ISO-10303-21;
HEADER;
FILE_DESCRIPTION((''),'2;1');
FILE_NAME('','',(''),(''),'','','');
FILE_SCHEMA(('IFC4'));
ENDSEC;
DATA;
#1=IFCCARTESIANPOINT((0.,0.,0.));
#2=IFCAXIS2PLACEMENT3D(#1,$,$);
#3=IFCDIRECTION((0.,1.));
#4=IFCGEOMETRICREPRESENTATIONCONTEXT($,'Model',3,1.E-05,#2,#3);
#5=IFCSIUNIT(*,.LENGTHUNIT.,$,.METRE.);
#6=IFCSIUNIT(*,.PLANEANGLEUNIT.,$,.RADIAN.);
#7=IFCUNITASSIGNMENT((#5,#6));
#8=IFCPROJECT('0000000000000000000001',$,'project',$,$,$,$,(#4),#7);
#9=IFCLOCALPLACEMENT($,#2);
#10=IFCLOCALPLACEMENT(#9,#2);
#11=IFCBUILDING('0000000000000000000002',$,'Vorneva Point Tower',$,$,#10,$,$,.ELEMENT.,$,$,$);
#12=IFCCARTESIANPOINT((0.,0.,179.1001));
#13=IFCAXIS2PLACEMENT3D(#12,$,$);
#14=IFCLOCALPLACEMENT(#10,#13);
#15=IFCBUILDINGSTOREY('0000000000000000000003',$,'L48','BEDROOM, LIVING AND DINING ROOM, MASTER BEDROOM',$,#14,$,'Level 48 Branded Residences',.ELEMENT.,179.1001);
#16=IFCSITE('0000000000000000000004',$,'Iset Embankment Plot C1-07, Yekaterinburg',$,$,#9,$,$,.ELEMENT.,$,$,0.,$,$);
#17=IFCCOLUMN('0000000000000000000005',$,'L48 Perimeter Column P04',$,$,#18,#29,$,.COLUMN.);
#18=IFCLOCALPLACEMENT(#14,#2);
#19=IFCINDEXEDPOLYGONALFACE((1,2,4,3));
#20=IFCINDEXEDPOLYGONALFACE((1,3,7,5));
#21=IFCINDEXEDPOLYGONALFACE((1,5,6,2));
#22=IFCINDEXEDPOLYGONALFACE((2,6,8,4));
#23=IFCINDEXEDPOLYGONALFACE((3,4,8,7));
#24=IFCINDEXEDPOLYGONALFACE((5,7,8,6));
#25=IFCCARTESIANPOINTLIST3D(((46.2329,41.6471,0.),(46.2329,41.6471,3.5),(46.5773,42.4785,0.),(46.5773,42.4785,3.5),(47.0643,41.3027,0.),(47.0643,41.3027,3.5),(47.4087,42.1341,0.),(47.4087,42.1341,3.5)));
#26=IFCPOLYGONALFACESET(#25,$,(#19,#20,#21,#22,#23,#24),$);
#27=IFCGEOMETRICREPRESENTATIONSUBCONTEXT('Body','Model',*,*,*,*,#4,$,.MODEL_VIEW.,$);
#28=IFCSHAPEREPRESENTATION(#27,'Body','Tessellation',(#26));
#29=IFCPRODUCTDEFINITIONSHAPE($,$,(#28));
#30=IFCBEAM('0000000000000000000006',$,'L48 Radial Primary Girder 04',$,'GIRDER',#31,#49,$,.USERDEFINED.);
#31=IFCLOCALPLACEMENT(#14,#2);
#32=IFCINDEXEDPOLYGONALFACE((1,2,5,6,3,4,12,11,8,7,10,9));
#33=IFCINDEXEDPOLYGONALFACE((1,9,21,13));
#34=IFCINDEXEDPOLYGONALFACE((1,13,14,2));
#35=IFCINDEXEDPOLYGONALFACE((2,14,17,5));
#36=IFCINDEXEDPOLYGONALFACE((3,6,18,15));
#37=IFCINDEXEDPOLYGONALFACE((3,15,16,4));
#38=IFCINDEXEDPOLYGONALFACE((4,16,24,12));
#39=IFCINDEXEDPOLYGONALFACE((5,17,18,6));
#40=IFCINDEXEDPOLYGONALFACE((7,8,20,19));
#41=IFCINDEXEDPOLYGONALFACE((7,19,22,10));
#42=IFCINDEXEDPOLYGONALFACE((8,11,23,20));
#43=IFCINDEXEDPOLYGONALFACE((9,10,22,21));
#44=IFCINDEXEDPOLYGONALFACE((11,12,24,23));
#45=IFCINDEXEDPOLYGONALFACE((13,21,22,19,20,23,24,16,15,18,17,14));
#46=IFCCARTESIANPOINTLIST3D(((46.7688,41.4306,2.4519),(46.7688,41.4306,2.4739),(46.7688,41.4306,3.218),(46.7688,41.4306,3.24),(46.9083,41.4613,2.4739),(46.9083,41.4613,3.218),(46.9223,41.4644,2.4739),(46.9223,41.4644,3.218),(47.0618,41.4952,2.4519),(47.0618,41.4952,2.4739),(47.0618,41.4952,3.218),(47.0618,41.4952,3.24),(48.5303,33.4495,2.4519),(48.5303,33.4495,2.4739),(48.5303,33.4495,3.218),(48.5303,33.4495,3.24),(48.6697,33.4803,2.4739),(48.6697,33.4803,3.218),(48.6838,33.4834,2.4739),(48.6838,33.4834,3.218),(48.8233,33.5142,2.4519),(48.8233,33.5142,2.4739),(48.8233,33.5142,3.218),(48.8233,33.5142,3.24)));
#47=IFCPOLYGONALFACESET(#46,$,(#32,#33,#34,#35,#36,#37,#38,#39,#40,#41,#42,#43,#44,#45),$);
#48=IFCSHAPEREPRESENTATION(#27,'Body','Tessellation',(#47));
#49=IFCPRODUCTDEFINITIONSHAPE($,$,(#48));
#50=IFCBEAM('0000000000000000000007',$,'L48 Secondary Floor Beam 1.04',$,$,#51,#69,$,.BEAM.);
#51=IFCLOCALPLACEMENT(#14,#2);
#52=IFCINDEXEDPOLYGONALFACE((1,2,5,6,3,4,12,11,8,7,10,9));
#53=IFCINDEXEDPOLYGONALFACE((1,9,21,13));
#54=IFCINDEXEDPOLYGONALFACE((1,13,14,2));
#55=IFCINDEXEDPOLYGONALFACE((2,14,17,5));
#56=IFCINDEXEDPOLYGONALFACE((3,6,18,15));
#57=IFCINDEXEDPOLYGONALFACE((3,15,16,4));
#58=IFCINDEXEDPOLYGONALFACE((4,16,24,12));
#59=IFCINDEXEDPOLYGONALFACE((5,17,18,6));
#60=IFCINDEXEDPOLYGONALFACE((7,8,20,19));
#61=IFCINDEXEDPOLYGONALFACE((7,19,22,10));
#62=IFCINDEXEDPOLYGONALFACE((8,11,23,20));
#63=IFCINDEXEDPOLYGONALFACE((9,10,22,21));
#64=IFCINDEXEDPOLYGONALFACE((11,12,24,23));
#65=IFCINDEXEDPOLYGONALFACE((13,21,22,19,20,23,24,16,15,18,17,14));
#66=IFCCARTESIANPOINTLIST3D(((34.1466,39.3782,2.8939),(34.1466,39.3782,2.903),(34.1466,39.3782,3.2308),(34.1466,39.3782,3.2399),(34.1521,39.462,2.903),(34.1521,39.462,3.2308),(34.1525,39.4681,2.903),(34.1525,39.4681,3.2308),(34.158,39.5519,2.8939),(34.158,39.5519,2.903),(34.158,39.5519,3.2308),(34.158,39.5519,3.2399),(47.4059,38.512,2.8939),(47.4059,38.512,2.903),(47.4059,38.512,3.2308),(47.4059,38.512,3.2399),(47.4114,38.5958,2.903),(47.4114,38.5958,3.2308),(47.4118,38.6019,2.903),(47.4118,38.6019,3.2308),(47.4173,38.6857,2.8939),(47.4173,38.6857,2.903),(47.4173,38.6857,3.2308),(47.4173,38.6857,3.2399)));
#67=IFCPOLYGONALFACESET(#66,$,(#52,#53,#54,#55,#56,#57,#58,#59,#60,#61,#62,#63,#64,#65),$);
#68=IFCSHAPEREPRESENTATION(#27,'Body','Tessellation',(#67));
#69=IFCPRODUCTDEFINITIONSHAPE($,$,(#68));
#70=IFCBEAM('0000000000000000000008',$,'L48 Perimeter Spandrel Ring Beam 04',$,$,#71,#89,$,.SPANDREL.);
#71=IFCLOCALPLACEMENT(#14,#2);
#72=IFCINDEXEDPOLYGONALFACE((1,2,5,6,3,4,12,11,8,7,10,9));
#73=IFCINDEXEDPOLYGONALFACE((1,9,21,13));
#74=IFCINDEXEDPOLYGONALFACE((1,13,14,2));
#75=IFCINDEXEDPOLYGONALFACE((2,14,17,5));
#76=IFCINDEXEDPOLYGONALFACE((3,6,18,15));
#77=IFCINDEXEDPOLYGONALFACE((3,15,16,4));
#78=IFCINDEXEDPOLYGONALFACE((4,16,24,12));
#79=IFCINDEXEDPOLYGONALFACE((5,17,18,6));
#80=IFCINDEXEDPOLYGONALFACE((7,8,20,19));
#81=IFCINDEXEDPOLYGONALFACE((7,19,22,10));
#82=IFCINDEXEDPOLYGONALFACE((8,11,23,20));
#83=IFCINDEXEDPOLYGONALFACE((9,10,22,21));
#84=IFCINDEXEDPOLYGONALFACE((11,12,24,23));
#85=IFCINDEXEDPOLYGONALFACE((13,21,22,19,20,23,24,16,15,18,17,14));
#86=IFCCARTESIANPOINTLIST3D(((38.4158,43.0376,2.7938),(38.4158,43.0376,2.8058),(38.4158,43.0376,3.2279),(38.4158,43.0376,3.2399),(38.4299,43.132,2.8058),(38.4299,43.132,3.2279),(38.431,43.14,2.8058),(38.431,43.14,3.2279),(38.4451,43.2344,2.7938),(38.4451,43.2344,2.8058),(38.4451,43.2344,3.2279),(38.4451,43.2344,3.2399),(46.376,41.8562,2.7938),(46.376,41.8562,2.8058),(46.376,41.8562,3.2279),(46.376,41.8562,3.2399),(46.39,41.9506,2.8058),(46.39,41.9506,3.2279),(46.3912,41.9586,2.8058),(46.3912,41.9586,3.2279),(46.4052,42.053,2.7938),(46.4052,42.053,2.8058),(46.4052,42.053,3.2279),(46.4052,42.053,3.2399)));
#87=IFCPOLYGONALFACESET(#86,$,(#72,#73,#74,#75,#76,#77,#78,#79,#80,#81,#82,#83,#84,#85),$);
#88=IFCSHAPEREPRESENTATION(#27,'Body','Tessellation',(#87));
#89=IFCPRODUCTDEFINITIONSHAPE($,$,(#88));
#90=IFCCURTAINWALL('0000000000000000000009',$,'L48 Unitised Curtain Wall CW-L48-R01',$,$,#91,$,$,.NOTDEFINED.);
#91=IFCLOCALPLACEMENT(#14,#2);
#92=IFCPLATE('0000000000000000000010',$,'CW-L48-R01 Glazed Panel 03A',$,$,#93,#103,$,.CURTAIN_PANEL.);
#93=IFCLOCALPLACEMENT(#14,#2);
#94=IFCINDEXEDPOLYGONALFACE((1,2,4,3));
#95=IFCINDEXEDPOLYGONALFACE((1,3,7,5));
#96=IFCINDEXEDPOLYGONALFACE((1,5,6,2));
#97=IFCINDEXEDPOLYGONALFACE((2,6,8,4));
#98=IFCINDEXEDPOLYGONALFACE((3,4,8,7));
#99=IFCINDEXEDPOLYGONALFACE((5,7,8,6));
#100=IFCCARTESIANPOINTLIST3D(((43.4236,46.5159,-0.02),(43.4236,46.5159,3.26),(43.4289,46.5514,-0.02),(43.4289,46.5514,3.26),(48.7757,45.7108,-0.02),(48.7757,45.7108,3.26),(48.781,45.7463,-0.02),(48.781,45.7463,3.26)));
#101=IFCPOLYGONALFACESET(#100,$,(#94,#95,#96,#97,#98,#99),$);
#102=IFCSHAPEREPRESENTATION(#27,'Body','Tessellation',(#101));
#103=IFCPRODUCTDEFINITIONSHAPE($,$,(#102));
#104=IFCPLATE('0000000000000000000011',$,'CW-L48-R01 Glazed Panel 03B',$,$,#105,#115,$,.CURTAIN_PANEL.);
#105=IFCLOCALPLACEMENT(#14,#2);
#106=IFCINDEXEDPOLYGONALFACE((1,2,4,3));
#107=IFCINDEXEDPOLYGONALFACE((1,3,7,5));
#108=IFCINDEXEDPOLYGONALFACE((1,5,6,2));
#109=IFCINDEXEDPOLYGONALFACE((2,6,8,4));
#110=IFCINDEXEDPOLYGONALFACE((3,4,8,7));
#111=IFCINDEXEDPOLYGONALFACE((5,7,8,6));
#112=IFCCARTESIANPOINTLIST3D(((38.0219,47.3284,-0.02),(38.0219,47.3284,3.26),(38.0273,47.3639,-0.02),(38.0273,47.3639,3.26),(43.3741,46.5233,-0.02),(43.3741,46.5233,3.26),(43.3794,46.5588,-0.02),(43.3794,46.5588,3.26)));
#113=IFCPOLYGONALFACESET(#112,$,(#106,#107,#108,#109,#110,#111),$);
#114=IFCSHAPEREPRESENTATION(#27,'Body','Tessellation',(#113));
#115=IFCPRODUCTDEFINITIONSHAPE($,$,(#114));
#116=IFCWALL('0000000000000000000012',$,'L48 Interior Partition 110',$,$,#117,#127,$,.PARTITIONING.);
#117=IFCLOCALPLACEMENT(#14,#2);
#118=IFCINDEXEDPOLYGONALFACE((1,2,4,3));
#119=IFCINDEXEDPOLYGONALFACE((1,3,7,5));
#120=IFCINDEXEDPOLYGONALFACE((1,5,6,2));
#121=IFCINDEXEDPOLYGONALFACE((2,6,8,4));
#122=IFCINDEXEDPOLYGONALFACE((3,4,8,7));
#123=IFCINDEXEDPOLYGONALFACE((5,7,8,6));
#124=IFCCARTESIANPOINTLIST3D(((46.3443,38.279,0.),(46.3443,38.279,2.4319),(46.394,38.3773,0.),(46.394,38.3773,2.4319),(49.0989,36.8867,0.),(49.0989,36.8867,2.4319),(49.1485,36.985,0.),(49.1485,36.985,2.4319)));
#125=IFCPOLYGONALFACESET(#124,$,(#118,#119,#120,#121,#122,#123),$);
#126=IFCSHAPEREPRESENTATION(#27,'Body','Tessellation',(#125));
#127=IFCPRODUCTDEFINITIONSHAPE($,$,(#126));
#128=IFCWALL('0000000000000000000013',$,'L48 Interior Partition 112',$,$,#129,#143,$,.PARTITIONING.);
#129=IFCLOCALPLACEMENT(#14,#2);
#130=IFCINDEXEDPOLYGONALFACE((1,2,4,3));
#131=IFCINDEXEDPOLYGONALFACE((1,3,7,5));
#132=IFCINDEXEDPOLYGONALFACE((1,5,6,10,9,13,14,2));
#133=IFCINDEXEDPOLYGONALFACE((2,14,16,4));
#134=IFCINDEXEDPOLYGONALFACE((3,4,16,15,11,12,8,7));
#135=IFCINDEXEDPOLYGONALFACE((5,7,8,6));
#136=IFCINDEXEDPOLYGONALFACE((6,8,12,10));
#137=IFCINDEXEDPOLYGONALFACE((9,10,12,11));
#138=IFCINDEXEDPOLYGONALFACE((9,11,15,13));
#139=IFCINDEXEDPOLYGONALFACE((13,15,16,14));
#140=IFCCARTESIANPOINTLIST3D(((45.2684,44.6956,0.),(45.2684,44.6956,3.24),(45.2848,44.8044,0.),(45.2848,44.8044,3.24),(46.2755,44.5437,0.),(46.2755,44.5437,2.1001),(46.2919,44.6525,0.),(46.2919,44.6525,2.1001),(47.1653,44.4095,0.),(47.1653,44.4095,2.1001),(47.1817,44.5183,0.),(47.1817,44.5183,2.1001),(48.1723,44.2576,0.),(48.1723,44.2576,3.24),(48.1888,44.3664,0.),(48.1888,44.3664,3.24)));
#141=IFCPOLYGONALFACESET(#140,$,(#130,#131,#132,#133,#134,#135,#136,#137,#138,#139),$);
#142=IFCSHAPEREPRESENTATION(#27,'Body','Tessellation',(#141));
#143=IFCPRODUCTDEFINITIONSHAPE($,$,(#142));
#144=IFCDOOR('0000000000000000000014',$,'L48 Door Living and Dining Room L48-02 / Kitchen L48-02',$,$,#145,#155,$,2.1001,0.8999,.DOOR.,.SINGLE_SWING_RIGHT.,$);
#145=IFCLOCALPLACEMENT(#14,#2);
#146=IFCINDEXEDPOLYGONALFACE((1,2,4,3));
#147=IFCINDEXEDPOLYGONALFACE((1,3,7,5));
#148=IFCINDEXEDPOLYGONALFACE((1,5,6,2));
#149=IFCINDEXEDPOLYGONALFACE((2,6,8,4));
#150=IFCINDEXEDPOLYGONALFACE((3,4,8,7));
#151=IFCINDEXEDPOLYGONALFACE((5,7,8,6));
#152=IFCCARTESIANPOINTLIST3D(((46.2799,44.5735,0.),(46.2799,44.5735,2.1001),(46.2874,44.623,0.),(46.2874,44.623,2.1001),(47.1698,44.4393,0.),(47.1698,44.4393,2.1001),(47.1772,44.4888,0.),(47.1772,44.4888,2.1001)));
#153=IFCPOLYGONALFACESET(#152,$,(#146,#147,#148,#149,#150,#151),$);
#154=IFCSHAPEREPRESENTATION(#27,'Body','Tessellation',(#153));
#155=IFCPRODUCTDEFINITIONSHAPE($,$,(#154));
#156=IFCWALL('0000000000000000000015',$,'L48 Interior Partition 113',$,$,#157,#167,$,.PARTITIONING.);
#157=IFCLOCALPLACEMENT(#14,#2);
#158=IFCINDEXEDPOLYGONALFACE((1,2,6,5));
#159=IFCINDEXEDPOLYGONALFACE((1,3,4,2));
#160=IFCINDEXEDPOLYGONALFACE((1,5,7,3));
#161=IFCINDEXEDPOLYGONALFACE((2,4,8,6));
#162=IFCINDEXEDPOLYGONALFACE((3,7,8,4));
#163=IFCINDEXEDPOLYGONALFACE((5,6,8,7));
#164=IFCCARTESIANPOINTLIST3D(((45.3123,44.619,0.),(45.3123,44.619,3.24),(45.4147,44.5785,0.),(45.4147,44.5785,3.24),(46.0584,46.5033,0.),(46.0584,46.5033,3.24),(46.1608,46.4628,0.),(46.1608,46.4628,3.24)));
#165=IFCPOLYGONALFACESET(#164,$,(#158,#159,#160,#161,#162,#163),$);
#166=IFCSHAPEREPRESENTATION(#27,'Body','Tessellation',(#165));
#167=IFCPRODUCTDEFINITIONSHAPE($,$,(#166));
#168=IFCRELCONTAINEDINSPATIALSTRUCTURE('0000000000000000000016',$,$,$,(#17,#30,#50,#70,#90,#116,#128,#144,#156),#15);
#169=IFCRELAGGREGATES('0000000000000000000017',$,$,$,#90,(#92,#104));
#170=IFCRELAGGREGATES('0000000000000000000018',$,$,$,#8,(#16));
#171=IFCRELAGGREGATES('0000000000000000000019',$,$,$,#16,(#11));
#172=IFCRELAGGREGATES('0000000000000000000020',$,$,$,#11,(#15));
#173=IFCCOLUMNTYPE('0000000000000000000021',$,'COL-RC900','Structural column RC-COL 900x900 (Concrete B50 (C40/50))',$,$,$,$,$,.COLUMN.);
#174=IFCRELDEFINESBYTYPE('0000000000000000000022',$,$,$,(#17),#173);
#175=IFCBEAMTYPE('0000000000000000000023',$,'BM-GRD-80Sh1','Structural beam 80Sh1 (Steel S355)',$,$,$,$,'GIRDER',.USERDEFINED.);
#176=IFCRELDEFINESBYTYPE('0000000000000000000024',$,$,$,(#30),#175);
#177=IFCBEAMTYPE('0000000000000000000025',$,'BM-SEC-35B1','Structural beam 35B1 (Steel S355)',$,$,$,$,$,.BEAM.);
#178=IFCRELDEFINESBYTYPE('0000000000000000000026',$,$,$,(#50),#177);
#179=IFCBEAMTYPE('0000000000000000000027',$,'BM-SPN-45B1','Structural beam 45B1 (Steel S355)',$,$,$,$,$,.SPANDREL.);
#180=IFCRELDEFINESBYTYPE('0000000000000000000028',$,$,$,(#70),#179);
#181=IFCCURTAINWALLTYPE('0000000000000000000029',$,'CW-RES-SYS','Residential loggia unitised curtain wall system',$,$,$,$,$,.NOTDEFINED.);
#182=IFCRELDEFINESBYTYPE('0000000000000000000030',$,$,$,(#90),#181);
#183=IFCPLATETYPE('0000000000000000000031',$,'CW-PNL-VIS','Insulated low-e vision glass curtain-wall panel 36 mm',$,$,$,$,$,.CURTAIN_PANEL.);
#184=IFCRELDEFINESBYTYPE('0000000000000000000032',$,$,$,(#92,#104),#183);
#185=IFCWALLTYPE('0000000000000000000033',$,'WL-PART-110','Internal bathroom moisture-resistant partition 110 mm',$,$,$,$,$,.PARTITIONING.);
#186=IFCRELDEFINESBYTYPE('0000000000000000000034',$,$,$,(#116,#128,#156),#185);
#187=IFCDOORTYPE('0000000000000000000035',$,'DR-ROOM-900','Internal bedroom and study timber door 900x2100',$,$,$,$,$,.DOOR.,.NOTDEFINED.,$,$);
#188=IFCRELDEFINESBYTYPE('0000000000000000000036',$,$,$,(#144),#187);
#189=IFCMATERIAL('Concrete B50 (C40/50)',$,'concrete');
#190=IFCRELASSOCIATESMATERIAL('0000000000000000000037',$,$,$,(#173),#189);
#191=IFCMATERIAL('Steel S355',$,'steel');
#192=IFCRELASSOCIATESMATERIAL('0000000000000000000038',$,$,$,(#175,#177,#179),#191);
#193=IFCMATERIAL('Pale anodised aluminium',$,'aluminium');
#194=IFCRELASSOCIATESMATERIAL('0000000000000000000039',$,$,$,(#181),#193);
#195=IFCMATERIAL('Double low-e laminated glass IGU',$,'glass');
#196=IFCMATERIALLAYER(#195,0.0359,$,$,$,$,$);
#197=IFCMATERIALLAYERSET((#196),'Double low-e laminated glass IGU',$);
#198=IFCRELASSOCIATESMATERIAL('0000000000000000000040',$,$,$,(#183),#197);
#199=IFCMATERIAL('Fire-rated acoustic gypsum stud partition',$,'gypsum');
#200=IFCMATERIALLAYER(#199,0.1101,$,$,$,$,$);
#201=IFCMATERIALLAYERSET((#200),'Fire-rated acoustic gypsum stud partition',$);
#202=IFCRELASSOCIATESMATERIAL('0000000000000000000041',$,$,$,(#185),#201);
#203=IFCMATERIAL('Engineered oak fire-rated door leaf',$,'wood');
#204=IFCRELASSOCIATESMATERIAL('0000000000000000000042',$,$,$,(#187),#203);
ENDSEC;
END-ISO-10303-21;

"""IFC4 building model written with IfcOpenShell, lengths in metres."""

from ifc_helpers import new_model, si_unit, direction, frame, frame_2d, origin, origin_2d, place, context, subcontext, project, spatial, rectangle, i_section, extrude, material, layer, layer_set, material_profile, profile_set, type_object, element, fill, aggregate, save


model = new_model("IFC4")

# Units and contexts
model_context = context("Model", 3, precision=1e-05, world=origin(), true_north=direction((0.0, 1.0)))
body_context = subcontext(model_context, "Body", "Model", "MODEL_VIEW")
ifc_project = project(units=[si_unit("LENGTHUNIT", "METRE"), si_unit("PLANEANGLEUNIT", "RADIAN")], contexts=[model_context])

# Site, building, storey
site_placement = place(None, origin())
site = spatial("IfcSite", under=ifc_project, at=site_placement, Name="Iset Embankment Plot C1-07, Yekaterinburg", CompositionType="ELEMENT", RefElevation=0.0)
building_placement = place(site_placement, origin())
building = spatial("IfcBuilding", under=site, at=building_placement, Name="Vorneva Point Tower", CompositionType="ELEMENT")
storey_placement = place(building_placement, frame((0.0, 0.0, 179.1001)))
storey = spatial("IfcBuildingStorey", under=building, at=storey_placement, Name="L48", Description="BEDROOM, LIVING AND DINING ROOM, MASTER BEDROOM", LongName="Level 48 Branded Residences", CompositionType="ELEMENT", Elevation=179.1001)

# Column
ifc_material_1 = material(Name="Concrete B50 (C40/50)", Category="concrete")
ifc_material_profile_1 = material_profile(ifc_material_1, rectangle(XDim=0.8999, YDim=0.8999, at=origin_2d()), Name="RC-COL 900x900")
ifc_profile_set_1 = profile_set([ifc_material_profile_1], Name="Concrete B50 (C40/50)")
column_type = type_object("IfcColumnType", Name="COL-RC900", Description="Structural column RC-COL 900x900 (Concrete B50 (C40/50))", PredefinedType="COLUMN", material=ifc_profile_set_1)
column_placement = place(storey_placement, frame((46.8208, 41.8906, 0.0), z_axis=(0.0, 0.0, 1.0), x_axis=(0.382683, 0.92388, 0.0)))
element("IfcColumn", 1, at=column_placement, inside=storey, type_object=column_type, Name="L48 Perimeter Column P04", PredefinedType="COLUMN", context=body_context, shape_type="SweptSolid", body=[
    extrude(rectangle(XDim=0.8999, YDim=0.8999, at=origin_2d()), origin(), (0.0, 0.0, 1.0), 3.5),
])

# Beams
ifc_material_2 = material(Name="Steel S355", Category="steel")
ifc_material_profile_2 = material_profile(ifc_material_2, i_section(OverallWidth=0.3, OverallDepth=0.7881, WebThickness=0.0144, FlangeThickness=0.022, at=origin_2d()), Name="80Sh1")
ifc_profile_set_2 = profile_set([ifc_material_profile_2], Name="Steel S355")
beam_type_1 = type_object("IfcBeamType", Name="BM-GRD-80Sh1", Description="Structural beam 80Sh1 (Steel S355)", ElementType="GIRDER", PredefinedType="USERDEFINED", material=ifc_profile_set_2)
beam_1_placement = place(storey_placement, frame((46.9153, 41.4629, 2.8459), z_axis=(0.215523, -0.976499, 0.0), x_axis=(0.976499, 0.215523, 0.0)))
element("IfcBeam", 2, at=beam_1_placement, inside=storey, type_object=beam_type_1, Name="L48 Radial Primary Girder 04", ObjectType="GIRDER", PredefinedType="USERDEFINED", context=body_context, shape_type="SweptSolid", body=[
    extrude(i_section(OverallWidth=0.3, OverallDepth=0.7881, WebThickness=0.0144, FlangeThickness=0.022, at=origin_2d()), origin(), (0.0, 0.0, 1.0), 8.1731),
])
ifc_material_profile_3 = material_profile(ifc_material_2, i_section(OverallWidth=0.1741, OverallDepth=0.3459, WebThickness=0.0061, FlangeThickness=0.009, at=origin_2d()), Name="35B1")
ifc_profile_set_3 = profile_set([ifc_material_profile_3], Name="Steel S355")
beam_type_2 = type_object("IfcBeamType", Name="BM-SEC-35B1", Description="Structural beam 35B1 (Steel S355)", PredefinedType="BEAM", material=ifc_profile_set_3)
beam_2_placement = place(storey_placement, frame((47.4116, 38.5989, 3.0669), z_axis=(-0.997873, 0.06519, 0.0), x_axis=(-0.06519, -0.997873, 0.0)))
element("IfcBeam", 3, at=beam_2_placement, inside=storey, type_object=beam_type_2, Name="L48 Secondary Floor Beam 1.04", PredefinedType="BEAM", context=body_context, shape_type="SweptSolid", body=[
    extrude(i_section(OverallWidth=0.1741, OverallDepth=0.3459, WebThickness=0.0061, FlangeThickness=0.009, at=origin_2d()), origin(), (0.0, 0.0, 1.0), 13.2876),
])
ifc_material_profile_4 = material_profile(ifc_material_2, i_section(OverallWidth=0.199, OverallDepth=0.446, WebThickness=0.0081, FlangeThickness=0.012, at=origin_2d()), Name="45B1")
ifc_profile_set_4 = profile_set([ifc_material_profile_4], Name="Steel S355")
beam_type_3 = type_object("IfcBeamType", Name="BM-SPN-45B1", Description="Structural beam 45B1 (Steel S355)", PredefinedType="SPANDREL", material=ifc_profile_set_4)
beam_3_placement = place(storey_placement, frame((46.3906, 41.9546, 3.0168), z_axis=(-0.989165, 0.146805, 0.0), x_axis=(-0.146805, -0.989165, 0.0)))
element("IfcBeam", 4, at=beam_3_placement, inside=storey, type_object=beam_type_3, Name="L48 Perimeter Spandrel Ring Beam 04", PredefinedType="SPANDREL", context=body_context, shape_type="SweptSolid", body=[
    extrude(i_section(OverallWidth=0.199, OverallDepth=0.446, WebThickness=0.0081, FlangeThickness=0.012, at=origin_2d()), origin(), (0.0, 0.0, 1.0), 8.0474),
])

# Curtain wall, plates
ifc_material_3 = material(Name="Pale anodised aluminium", Category="aluminium")
curtain_wall_type = type_object("IfcCurtainWallType", Name="CW-RES-SYS", Description="Residential loggia unitised curtain wall system", PredefinedType="NOTDEFINED", material=ifc_material_3)
curtain_wall_placement = place(storey_placement, origin())
curtain_wall = element("IfcCurtainWall", 5, at=curtain_wall_placement, inside=storey, type_object=curtain_wall_type, Name="L48 Unitised Curtain Wall CW-L48-R01", PredefinedType="NOTDEFINED")
ifc_material_4 = material(Name="Double low-e laminated glass IGU", Category="glass")
ifc_layer_1 = layer(ifc_material_4, 0.0359)
ifc_layer_set_1 = layer_set([ifc_layer_1], Name="Double low-e laminated glass IGU")
plate_type = type_object("IfcPlateType", Name="CW-PNL-VIS", Description="Insulated low-e vision glass curtain-wall panel 36 mm", PredefinedType="CURTAIN_PANEL", material=ifc_layer_set_1)
plate_1_placement = place(storey_placement, frame((46.1023, 46.1311, -0.02), z_axis=(0.0, 0.0, 1.0), x_axis=(-0.988874, 0.148759, 0.0)))
plate_1 = element("IfcPlate", 6, at=plate_1_placement, type_object=plate_type, Name="CW-L48-R01 Glazed Panel 03A", PredefinedType="CURTAIN_PANEL", context=body_context, shape_type="SweptSolid", body=[
    extrude(rectangle(XDim=5.4124, YDim=0.0359, at=origin_2d()), origin(), (0.0, 0.0, 1.0), 3.28),
])
plate_2_placement = place(storey_placement, frame((40.7007, 46.9436, -0.02), z_axis=(0.0, 0.0, 1.0), x_axis=(-0.988874, 0.148759, 0.0)))
plate_2 = element("IfcPlate", 7, at=plate_2_placement, type_object=plate_type, Name="CW-L48-R01 Glazed Panel 03B", PredefinedType="CURTAIN_PANEL", context=body_context, shape_type="SweptSolid", body=[
    extrude(rectangle(XDim=5.4124, YDim=0.0359, at=origin_2d()), origin(), (0.0, 0.0, 1.0), 3.28),
])
aggregate(curtain_wall, [plate_1, plate_2])

# Wall
ifc_material_5 = material(Name="Fire-rated acoustic gypsum stud partition", Category="gypsum")
ifc_layer_2 = layer(ifc_material_5, 0.1101)
ifc_layer_set_2 = layer_set([ifc_layer_2], Name="Fire-rated acoustic gypsum stud partition")
wall_type_1 = type_object("IfcWallType", Name="WL-PART-110", Description="Internal bathroom moisture-resistant partition 110 mm", PredefinedType="PARTITIONING", material=ifc_layer_set_2)
wall_1_placement = place(storey_placement, frame((46.3691, 38.3281, 0.0), z_axis=(0.0, 0.0, 1.0), x_axis=(0.892473, -0.451101, 0.0)))
element("IfcWall", 8, at=wall_1_placement, inside=storey, type_object=wall_type_1, Name="L48 Interior Partition 110", PredefinedType="PARTITIONING", context=body_context, shape_type="SweptSolid", body=[
    extrude(rectangle(XDim=3.0864, YDim=0.1101, at=frame_2d((1.5432, 0.0))), origin(), (0.0, 0.0, 1.0), 2.4319),
])

# Wall, opening, door
wall_2_placement = place(storey_placement, frame((48.1804, 44.312, 0.0), z_axis=(0.0, 0.0, 1.0), x_axis=(-0.988815, 0.149145, 0.0)))
wall_2 = element("IfcWall", 9, at=wall_2_placement, inside=storey, type_object=wall_type_1, Name="L48 Interior Partition 112", PredefinedType="PARTITIONING", context=body_context, shape_type="SweptSolid", body=[
    extrude(rectangle(XDim=2.9368, YDim=0.1101, at=frame_2d((1.4683, 0.0))), origin(), (0.0, 0.0, 1.0), 3.24),
])
opening_1_placement = place(wall_2_placement, frame((1.0183, 0.0, 0.0)))
opening_1 = element("IfcOpeningElement", 10, at=opening_1_placement, cuts=wall_2, PredefinedType="OPENING", context=body_context, shape_type="SweptSolid", body=[
    extrude(rectangle(XDim=0.8999, YDim=2.1001, at=frame_2d((0.45, 1.05))), frame((0.0, 0.0698, 0.0), z_axis=(0.0, -1.0, 0.0), x_axis=(1.0, 0.0, 0.0)), (0.0, 0.0, 1.0), 0.1399),
])
ifc_material_6 = material(Name="Engineered oak fire-rated door leaf", Category="wood")
door_type_1 = type_object("IfcDoorType", Name="DR-ROOM-900", Description="Internal bedroom and study timber door 900x2100", OperationType="NOTDEFINED", PredefinedType="DOOR", material=ifc_material_6)
door_1_placement = place(opening_1_placement, origin())
door_1 = element("IfcDoor", 11, at=door_1_placement, inside=storey, type_object=door_type_1, Name="L48 Door Living and Dining Room L48-02 / Kitchen L48-02", OperationType="SINGLE_SWING_RIGHT", OverallHeight=2.1001, OverallWidth=0.8999, PredefinedType="DOOR", context=body_context, shape_type="SweptSolid", body=[
    extrude(rectangle(XDim=0.8999, YDim=2.1001, at=frame_2d((0.45, 1.05))), frame((0.0, 0.0249, 0.0), z_axis=(0.0, -1.0, 0.0), x_axis=(1.0, 0.0, 0.0)), (0.0, 0.0, 1.0), 0.05),
])
fill(opening_1, door_1)

# Wall
wall_3_placement = place(storey_placement, frame((45.3635, 44.5989, 0.0), z_axis=(0.0, 0.0, 1.0), x_axis=(0.368148, 0.929767, 0.0)))
element("IfcWall", 12, at=wall_3_placement, inside=storey, type_object=wall_type_1, Name="L48 Interior Partition 113", PredefinedType="PARTITIONING", context=body_context, shape_type="SweptSolid", body=[
    extrude(rectangle(XDim=2.0266, YDim=0.1101, at=frame_2d((1.0132, 0.0))), origin(), (0.0, 0.0, 1.0), 3.24),
])

save(model, "model.ifc")
